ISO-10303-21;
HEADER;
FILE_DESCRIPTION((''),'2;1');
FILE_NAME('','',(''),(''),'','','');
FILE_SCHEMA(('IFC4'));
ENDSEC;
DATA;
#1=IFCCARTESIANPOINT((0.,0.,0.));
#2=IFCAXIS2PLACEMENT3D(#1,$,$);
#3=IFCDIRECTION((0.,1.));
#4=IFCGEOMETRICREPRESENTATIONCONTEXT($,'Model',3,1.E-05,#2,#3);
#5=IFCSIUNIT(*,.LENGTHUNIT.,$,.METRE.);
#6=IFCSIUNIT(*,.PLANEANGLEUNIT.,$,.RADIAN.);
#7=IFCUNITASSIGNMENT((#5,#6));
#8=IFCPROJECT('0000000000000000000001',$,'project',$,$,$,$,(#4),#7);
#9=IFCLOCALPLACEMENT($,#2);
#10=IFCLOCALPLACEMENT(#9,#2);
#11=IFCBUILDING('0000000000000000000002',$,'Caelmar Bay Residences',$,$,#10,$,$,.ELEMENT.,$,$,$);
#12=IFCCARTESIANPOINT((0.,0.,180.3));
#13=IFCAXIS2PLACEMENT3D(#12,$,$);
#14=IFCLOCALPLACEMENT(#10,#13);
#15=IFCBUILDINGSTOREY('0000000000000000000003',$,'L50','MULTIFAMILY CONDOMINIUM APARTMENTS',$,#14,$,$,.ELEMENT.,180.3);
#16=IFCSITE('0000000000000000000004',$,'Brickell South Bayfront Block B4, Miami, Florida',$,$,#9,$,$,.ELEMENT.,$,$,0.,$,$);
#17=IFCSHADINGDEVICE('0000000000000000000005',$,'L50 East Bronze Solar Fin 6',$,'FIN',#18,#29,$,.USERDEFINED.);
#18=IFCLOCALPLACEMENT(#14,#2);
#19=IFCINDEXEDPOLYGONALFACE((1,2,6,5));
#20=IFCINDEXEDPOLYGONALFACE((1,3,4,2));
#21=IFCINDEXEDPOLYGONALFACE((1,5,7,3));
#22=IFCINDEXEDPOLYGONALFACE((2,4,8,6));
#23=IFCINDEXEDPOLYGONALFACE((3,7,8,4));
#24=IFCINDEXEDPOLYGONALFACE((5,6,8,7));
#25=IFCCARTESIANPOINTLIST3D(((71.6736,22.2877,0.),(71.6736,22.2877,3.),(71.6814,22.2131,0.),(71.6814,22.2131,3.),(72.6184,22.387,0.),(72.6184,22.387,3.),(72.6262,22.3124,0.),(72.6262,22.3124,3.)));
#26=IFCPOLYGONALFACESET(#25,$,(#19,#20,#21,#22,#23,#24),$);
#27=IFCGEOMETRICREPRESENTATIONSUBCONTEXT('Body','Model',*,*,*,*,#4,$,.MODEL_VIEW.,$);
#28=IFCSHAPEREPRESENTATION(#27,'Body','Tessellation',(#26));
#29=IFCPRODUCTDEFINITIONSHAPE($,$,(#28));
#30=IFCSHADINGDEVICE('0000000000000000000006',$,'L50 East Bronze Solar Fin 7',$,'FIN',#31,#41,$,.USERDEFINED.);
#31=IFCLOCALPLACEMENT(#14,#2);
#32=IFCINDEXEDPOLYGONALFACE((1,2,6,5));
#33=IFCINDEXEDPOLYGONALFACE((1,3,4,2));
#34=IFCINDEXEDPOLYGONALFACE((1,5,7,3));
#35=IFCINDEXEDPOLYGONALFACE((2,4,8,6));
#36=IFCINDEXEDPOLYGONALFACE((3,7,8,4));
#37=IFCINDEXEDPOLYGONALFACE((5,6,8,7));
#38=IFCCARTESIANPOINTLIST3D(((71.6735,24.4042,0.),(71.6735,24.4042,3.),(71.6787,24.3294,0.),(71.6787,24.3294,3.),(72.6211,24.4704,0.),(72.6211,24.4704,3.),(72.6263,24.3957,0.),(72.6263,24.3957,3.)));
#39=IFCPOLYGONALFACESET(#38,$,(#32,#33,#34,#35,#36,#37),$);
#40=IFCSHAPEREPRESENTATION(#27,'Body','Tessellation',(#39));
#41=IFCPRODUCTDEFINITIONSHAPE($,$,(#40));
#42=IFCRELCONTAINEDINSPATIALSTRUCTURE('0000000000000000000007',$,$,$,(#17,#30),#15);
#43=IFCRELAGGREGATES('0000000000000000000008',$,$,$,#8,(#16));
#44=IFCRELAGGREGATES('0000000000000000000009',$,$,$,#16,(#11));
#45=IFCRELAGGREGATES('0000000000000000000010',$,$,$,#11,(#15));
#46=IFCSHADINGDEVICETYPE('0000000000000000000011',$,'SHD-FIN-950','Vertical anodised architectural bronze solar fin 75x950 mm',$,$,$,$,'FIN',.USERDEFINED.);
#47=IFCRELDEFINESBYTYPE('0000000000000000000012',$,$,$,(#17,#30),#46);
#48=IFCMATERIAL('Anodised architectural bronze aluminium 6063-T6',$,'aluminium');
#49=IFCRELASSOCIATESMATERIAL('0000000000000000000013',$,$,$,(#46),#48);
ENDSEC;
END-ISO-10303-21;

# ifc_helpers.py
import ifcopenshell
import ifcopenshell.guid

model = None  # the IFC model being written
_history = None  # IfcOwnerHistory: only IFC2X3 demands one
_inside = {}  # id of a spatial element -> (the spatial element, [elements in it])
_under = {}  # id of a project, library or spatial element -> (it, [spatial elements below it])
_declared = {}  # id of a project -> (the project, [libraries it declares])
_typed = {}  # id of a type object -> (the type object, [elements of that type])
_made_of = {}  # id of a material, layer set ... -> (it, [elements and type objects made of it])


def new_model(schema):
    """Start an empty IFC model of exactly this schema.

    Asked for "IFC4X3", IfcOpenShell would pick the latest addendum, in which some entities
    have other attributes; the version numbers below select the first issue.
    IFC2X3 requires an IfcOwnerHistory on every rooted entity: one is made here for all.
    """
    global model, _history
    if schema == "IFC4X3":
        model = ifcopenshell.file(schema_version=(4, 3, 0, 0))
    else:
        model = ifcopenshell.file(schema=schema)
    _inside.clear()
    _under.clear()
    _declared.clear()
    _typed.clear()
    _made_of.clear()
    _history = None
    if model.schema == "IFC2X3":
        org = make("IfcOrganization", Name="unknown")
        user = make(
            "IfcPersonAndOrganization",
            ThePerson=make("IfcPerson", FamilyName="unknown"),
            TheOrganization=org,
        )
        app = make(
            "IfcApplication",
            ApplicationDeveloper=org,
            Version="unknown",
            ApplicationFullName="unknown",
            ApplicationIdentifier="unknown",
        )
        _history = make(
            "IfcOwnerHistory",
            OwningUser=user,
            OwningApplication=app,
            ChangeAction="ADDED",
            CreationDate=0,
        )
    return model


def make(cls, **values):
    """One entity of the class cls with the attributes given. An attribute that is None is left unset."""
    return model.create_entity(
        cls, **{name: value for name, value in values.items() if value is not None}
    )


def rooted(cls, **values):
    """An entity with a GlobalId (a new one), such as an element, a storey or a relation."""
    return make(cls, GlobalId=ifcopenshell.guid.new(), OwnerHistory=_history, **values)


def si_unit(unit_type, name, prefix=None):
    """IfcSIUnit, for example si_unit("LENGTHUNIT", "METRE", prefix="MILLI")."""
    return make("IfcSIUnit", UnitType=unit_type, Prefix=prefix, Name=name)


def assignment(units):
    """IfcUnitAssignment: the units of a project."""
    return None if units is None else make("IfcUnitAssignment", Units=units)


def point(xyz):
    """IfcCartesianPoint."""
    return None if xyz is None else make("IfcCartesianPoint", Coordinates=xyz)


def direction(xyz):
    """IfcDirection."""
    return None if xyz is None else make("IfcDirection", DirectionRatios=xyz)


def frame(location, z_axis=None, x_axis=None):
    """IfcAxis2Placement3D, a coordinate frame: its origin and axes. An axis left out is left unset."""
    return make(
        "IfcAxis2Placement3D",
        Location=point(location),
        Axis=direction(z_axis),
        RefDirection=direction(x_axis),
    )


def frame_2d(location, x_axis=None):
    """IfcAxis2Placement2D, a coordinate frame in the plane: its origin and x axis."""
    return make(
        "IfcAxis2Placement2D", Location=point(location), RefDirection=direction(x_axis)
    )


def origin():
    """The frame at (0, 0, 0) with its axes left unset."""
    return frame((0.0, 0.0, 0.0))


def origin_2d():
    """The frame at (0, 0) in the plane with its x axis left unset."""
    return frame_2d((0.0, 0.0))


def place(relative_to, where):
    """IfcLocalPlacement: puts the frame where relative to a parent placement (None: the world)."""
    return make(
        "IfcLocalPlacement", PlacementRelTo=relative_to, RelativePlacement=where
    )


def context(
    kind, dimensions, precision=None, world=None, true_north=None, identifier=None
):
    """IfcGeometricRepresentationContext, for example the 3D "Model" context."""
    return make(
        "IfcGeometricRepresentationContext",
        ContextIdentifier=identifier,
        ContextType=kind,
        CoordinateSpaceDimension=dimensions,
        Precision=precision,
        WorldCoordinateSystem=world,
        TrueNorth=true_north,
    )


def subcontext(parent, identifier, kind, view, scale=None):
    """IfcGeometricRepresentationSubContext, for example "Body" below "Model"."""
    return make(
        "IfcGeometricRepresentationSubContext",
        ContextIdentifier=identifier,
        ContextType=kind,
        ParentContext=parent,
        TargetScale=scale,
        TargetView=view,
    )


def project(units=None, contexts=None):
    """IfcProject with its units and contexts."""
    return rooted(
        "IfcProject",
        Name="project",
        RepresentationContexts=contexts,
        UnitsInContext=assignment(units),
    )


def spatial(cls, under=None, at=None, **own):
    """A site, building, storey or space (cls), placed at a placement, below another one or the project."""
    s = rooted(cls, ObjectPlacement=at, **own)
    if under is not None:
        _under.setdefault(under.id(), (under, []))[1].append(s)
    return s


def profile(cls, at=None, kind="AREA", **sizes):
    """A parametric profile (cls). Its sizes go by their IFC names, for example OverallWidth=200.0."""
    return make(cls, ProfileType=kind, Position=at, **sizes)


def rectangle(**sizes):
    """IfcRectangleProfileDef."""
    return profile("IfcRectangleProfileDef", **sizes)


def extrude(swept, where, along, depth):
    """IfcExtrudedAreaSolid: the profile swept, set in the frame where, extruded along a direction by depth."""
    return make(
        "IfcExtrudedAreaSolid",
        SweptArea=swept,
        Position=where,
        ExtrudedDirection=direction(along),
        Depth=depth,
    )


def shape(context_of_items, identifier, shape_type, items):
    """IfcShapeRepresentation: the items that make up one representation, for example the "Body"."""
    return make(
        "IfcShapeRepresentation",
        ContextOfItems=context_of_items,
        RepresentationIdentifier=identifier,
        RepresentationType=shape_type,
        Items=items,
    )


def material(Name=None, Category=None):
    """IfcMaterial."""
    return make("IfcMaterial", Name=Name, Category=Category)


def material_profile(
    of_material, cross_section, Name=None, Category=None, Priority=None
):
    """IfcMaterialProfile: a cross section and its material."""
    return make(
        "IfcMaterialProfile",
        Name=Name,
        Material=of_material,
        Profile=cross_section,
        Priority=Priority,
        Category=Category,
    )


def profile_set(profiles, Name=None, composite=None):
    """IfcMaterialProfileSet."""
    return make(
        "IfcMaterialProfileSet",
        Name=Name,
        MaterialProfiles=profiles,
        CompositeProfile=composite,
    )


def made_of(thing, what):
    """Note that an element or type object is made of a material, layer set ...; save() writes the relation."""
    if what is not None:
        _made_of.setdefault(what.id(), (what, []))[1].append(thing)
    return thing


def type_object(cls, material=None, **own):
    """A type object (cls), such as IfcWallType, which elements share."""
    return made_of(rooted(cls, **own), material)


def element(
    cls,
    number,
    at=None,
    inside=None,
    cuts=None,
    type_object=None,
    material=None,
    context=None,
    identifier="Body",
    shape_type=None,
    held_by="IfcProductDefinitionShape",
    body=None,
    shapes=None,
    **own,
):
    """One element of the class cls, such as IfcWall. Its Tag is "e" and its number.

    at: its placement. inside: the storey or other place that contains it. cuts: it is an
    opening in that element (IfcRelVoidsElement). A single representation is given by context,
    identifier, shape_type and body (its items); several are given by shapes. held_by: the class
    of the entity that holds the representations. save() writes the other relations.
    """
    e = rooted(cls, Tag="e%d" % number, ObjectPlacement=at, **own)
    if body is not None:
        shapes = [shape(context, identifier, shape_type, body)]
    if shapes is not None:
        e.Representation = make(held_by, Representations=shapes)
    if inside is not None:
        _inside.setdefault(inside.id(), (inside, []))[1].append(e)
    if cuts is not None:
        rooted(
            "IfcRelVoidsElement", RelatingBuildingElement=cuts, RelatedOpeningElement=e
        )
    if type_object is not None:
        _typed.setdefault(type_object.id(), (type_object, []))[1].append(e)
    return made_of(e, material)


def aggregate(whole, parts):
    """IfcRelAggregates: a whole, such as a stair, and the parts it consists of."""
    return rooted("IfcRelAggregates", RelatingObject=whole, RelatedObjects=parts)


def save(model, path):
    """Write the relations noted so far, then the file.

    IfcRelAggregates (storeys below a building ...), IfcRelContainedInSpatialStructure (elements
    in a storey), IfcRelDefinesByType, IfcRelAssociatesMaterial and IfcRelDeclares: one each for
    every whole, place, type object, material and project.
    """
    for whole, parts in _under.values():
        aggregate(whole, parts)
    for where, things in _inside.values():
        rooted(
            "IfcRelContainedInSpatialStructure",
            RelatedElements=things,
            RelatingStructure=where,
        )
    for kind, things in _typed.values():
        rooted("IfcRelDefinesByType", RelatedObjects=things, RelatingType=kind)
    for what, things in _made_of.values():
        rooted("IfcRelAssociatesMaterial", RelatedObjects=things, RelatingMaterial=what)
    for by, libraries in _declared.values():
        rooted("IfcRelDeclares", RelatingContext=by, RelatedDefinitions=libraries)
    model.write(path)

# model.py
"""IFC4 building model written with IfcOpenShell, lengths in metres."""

from ifc_helpers import new_model, si_unit, direction, frame, origin, origin_2d, place, context, subcontext, project, spatial, rectangle, extrude, material, material_profile, profile_set, type_object, element, save


model = new_model("IFC4")

# Units and contexts
model_context = context("Model", 3, precision=1e-05, world=origin(), true_north=direction((0.0, 1.0)))
body_context = subcontext(model_context, "Body", "Model", "MODEL_VIEW")
ifc_project = project(units=[si_unit("LENGTHUNIT", "METRE"), si_unit("PLANEANGLEUNIT", "RADIAN")], contexts=[model_context])

# Site, building, storey
site_placement = place(None, origin())
site = spatial("IfcSite", under=ifc_project, at=site_placement, Name="Brickell South Bayfront Block B4, Miami, Florida", CompositionType="ELEMENT", RefElevation=0.0)
building_placement = place(site_placement, origin())
building = spatial("IfcBuilding", under=site, at=building_placement, Name="Caelmar Bay Residences", CompositionType="ELEMENT")
storey_placement = place(building_placement, frame((0.0, 0.0, 180.3)))
storey = spatial("IfcBuildingStorey", under=building, at=storey_placement, Name="L50", Description="MULTIFAMILY CONDOMINIUM APARTMENTS", CompositionType="ELEMENT", Elevation=180.3)

# Shading devices
ifc_material_1 = material(Name="Anodised architectural bronze aluminium 6063-T6", Category="aluminium")
ifc_material_profile_1 = material_profile(ifc_material_1, rectangle(XDim=0.075, YDim=0.95, at=origin_2d()), Name="BRONZE-FIN-75X950")
ifc_profile_set_1 = profile_set([ifc_material_profile_1], Name="Anodised architectural bronze aluminium 6063-T6")
shading_device_type = type_object("IfcShadingDeviceType", Name="SHD-FIN-950", Description="Vertical anodised architectural bronze solar fin 75x950 mm", ElementType="FIN", PredefinedType="USERDEFINED", material=ifc_profile_set_1)
for number, where, z_axis, x_axis, name in (
    (1, (72.1499, 22.3, 0.0), (0.0, 0.0, 1.0), (-0.104528, 0.994522, 0.0), "L50 East Bronze Solar Fin 6"),
    (2, (72.1499, 24.3999, 0.0), (0.0, 0.0, 1.0), (-0.069756, 0.997564, 0.0), "L50 East Bronze Solar Fin 7"),
):
    element("IfcShadingDevice", number, at=place(storey_placement, frame(where, z_axis=z_axis, x_axis=x_axis)), inside=storey, type_object=shading_device_type, Name=name, ObjectType="FIN", PredefinedType="USERDEFINED", context=body_context, shape_type="SweptSolid", body=[
        extrude(rectangle(XDim=0.075, YDim=0.95, at=origin_2d()), origin(), (0.0, 0.0, 1.0), 3.0),
    ])

save(model, "model.ifc")
